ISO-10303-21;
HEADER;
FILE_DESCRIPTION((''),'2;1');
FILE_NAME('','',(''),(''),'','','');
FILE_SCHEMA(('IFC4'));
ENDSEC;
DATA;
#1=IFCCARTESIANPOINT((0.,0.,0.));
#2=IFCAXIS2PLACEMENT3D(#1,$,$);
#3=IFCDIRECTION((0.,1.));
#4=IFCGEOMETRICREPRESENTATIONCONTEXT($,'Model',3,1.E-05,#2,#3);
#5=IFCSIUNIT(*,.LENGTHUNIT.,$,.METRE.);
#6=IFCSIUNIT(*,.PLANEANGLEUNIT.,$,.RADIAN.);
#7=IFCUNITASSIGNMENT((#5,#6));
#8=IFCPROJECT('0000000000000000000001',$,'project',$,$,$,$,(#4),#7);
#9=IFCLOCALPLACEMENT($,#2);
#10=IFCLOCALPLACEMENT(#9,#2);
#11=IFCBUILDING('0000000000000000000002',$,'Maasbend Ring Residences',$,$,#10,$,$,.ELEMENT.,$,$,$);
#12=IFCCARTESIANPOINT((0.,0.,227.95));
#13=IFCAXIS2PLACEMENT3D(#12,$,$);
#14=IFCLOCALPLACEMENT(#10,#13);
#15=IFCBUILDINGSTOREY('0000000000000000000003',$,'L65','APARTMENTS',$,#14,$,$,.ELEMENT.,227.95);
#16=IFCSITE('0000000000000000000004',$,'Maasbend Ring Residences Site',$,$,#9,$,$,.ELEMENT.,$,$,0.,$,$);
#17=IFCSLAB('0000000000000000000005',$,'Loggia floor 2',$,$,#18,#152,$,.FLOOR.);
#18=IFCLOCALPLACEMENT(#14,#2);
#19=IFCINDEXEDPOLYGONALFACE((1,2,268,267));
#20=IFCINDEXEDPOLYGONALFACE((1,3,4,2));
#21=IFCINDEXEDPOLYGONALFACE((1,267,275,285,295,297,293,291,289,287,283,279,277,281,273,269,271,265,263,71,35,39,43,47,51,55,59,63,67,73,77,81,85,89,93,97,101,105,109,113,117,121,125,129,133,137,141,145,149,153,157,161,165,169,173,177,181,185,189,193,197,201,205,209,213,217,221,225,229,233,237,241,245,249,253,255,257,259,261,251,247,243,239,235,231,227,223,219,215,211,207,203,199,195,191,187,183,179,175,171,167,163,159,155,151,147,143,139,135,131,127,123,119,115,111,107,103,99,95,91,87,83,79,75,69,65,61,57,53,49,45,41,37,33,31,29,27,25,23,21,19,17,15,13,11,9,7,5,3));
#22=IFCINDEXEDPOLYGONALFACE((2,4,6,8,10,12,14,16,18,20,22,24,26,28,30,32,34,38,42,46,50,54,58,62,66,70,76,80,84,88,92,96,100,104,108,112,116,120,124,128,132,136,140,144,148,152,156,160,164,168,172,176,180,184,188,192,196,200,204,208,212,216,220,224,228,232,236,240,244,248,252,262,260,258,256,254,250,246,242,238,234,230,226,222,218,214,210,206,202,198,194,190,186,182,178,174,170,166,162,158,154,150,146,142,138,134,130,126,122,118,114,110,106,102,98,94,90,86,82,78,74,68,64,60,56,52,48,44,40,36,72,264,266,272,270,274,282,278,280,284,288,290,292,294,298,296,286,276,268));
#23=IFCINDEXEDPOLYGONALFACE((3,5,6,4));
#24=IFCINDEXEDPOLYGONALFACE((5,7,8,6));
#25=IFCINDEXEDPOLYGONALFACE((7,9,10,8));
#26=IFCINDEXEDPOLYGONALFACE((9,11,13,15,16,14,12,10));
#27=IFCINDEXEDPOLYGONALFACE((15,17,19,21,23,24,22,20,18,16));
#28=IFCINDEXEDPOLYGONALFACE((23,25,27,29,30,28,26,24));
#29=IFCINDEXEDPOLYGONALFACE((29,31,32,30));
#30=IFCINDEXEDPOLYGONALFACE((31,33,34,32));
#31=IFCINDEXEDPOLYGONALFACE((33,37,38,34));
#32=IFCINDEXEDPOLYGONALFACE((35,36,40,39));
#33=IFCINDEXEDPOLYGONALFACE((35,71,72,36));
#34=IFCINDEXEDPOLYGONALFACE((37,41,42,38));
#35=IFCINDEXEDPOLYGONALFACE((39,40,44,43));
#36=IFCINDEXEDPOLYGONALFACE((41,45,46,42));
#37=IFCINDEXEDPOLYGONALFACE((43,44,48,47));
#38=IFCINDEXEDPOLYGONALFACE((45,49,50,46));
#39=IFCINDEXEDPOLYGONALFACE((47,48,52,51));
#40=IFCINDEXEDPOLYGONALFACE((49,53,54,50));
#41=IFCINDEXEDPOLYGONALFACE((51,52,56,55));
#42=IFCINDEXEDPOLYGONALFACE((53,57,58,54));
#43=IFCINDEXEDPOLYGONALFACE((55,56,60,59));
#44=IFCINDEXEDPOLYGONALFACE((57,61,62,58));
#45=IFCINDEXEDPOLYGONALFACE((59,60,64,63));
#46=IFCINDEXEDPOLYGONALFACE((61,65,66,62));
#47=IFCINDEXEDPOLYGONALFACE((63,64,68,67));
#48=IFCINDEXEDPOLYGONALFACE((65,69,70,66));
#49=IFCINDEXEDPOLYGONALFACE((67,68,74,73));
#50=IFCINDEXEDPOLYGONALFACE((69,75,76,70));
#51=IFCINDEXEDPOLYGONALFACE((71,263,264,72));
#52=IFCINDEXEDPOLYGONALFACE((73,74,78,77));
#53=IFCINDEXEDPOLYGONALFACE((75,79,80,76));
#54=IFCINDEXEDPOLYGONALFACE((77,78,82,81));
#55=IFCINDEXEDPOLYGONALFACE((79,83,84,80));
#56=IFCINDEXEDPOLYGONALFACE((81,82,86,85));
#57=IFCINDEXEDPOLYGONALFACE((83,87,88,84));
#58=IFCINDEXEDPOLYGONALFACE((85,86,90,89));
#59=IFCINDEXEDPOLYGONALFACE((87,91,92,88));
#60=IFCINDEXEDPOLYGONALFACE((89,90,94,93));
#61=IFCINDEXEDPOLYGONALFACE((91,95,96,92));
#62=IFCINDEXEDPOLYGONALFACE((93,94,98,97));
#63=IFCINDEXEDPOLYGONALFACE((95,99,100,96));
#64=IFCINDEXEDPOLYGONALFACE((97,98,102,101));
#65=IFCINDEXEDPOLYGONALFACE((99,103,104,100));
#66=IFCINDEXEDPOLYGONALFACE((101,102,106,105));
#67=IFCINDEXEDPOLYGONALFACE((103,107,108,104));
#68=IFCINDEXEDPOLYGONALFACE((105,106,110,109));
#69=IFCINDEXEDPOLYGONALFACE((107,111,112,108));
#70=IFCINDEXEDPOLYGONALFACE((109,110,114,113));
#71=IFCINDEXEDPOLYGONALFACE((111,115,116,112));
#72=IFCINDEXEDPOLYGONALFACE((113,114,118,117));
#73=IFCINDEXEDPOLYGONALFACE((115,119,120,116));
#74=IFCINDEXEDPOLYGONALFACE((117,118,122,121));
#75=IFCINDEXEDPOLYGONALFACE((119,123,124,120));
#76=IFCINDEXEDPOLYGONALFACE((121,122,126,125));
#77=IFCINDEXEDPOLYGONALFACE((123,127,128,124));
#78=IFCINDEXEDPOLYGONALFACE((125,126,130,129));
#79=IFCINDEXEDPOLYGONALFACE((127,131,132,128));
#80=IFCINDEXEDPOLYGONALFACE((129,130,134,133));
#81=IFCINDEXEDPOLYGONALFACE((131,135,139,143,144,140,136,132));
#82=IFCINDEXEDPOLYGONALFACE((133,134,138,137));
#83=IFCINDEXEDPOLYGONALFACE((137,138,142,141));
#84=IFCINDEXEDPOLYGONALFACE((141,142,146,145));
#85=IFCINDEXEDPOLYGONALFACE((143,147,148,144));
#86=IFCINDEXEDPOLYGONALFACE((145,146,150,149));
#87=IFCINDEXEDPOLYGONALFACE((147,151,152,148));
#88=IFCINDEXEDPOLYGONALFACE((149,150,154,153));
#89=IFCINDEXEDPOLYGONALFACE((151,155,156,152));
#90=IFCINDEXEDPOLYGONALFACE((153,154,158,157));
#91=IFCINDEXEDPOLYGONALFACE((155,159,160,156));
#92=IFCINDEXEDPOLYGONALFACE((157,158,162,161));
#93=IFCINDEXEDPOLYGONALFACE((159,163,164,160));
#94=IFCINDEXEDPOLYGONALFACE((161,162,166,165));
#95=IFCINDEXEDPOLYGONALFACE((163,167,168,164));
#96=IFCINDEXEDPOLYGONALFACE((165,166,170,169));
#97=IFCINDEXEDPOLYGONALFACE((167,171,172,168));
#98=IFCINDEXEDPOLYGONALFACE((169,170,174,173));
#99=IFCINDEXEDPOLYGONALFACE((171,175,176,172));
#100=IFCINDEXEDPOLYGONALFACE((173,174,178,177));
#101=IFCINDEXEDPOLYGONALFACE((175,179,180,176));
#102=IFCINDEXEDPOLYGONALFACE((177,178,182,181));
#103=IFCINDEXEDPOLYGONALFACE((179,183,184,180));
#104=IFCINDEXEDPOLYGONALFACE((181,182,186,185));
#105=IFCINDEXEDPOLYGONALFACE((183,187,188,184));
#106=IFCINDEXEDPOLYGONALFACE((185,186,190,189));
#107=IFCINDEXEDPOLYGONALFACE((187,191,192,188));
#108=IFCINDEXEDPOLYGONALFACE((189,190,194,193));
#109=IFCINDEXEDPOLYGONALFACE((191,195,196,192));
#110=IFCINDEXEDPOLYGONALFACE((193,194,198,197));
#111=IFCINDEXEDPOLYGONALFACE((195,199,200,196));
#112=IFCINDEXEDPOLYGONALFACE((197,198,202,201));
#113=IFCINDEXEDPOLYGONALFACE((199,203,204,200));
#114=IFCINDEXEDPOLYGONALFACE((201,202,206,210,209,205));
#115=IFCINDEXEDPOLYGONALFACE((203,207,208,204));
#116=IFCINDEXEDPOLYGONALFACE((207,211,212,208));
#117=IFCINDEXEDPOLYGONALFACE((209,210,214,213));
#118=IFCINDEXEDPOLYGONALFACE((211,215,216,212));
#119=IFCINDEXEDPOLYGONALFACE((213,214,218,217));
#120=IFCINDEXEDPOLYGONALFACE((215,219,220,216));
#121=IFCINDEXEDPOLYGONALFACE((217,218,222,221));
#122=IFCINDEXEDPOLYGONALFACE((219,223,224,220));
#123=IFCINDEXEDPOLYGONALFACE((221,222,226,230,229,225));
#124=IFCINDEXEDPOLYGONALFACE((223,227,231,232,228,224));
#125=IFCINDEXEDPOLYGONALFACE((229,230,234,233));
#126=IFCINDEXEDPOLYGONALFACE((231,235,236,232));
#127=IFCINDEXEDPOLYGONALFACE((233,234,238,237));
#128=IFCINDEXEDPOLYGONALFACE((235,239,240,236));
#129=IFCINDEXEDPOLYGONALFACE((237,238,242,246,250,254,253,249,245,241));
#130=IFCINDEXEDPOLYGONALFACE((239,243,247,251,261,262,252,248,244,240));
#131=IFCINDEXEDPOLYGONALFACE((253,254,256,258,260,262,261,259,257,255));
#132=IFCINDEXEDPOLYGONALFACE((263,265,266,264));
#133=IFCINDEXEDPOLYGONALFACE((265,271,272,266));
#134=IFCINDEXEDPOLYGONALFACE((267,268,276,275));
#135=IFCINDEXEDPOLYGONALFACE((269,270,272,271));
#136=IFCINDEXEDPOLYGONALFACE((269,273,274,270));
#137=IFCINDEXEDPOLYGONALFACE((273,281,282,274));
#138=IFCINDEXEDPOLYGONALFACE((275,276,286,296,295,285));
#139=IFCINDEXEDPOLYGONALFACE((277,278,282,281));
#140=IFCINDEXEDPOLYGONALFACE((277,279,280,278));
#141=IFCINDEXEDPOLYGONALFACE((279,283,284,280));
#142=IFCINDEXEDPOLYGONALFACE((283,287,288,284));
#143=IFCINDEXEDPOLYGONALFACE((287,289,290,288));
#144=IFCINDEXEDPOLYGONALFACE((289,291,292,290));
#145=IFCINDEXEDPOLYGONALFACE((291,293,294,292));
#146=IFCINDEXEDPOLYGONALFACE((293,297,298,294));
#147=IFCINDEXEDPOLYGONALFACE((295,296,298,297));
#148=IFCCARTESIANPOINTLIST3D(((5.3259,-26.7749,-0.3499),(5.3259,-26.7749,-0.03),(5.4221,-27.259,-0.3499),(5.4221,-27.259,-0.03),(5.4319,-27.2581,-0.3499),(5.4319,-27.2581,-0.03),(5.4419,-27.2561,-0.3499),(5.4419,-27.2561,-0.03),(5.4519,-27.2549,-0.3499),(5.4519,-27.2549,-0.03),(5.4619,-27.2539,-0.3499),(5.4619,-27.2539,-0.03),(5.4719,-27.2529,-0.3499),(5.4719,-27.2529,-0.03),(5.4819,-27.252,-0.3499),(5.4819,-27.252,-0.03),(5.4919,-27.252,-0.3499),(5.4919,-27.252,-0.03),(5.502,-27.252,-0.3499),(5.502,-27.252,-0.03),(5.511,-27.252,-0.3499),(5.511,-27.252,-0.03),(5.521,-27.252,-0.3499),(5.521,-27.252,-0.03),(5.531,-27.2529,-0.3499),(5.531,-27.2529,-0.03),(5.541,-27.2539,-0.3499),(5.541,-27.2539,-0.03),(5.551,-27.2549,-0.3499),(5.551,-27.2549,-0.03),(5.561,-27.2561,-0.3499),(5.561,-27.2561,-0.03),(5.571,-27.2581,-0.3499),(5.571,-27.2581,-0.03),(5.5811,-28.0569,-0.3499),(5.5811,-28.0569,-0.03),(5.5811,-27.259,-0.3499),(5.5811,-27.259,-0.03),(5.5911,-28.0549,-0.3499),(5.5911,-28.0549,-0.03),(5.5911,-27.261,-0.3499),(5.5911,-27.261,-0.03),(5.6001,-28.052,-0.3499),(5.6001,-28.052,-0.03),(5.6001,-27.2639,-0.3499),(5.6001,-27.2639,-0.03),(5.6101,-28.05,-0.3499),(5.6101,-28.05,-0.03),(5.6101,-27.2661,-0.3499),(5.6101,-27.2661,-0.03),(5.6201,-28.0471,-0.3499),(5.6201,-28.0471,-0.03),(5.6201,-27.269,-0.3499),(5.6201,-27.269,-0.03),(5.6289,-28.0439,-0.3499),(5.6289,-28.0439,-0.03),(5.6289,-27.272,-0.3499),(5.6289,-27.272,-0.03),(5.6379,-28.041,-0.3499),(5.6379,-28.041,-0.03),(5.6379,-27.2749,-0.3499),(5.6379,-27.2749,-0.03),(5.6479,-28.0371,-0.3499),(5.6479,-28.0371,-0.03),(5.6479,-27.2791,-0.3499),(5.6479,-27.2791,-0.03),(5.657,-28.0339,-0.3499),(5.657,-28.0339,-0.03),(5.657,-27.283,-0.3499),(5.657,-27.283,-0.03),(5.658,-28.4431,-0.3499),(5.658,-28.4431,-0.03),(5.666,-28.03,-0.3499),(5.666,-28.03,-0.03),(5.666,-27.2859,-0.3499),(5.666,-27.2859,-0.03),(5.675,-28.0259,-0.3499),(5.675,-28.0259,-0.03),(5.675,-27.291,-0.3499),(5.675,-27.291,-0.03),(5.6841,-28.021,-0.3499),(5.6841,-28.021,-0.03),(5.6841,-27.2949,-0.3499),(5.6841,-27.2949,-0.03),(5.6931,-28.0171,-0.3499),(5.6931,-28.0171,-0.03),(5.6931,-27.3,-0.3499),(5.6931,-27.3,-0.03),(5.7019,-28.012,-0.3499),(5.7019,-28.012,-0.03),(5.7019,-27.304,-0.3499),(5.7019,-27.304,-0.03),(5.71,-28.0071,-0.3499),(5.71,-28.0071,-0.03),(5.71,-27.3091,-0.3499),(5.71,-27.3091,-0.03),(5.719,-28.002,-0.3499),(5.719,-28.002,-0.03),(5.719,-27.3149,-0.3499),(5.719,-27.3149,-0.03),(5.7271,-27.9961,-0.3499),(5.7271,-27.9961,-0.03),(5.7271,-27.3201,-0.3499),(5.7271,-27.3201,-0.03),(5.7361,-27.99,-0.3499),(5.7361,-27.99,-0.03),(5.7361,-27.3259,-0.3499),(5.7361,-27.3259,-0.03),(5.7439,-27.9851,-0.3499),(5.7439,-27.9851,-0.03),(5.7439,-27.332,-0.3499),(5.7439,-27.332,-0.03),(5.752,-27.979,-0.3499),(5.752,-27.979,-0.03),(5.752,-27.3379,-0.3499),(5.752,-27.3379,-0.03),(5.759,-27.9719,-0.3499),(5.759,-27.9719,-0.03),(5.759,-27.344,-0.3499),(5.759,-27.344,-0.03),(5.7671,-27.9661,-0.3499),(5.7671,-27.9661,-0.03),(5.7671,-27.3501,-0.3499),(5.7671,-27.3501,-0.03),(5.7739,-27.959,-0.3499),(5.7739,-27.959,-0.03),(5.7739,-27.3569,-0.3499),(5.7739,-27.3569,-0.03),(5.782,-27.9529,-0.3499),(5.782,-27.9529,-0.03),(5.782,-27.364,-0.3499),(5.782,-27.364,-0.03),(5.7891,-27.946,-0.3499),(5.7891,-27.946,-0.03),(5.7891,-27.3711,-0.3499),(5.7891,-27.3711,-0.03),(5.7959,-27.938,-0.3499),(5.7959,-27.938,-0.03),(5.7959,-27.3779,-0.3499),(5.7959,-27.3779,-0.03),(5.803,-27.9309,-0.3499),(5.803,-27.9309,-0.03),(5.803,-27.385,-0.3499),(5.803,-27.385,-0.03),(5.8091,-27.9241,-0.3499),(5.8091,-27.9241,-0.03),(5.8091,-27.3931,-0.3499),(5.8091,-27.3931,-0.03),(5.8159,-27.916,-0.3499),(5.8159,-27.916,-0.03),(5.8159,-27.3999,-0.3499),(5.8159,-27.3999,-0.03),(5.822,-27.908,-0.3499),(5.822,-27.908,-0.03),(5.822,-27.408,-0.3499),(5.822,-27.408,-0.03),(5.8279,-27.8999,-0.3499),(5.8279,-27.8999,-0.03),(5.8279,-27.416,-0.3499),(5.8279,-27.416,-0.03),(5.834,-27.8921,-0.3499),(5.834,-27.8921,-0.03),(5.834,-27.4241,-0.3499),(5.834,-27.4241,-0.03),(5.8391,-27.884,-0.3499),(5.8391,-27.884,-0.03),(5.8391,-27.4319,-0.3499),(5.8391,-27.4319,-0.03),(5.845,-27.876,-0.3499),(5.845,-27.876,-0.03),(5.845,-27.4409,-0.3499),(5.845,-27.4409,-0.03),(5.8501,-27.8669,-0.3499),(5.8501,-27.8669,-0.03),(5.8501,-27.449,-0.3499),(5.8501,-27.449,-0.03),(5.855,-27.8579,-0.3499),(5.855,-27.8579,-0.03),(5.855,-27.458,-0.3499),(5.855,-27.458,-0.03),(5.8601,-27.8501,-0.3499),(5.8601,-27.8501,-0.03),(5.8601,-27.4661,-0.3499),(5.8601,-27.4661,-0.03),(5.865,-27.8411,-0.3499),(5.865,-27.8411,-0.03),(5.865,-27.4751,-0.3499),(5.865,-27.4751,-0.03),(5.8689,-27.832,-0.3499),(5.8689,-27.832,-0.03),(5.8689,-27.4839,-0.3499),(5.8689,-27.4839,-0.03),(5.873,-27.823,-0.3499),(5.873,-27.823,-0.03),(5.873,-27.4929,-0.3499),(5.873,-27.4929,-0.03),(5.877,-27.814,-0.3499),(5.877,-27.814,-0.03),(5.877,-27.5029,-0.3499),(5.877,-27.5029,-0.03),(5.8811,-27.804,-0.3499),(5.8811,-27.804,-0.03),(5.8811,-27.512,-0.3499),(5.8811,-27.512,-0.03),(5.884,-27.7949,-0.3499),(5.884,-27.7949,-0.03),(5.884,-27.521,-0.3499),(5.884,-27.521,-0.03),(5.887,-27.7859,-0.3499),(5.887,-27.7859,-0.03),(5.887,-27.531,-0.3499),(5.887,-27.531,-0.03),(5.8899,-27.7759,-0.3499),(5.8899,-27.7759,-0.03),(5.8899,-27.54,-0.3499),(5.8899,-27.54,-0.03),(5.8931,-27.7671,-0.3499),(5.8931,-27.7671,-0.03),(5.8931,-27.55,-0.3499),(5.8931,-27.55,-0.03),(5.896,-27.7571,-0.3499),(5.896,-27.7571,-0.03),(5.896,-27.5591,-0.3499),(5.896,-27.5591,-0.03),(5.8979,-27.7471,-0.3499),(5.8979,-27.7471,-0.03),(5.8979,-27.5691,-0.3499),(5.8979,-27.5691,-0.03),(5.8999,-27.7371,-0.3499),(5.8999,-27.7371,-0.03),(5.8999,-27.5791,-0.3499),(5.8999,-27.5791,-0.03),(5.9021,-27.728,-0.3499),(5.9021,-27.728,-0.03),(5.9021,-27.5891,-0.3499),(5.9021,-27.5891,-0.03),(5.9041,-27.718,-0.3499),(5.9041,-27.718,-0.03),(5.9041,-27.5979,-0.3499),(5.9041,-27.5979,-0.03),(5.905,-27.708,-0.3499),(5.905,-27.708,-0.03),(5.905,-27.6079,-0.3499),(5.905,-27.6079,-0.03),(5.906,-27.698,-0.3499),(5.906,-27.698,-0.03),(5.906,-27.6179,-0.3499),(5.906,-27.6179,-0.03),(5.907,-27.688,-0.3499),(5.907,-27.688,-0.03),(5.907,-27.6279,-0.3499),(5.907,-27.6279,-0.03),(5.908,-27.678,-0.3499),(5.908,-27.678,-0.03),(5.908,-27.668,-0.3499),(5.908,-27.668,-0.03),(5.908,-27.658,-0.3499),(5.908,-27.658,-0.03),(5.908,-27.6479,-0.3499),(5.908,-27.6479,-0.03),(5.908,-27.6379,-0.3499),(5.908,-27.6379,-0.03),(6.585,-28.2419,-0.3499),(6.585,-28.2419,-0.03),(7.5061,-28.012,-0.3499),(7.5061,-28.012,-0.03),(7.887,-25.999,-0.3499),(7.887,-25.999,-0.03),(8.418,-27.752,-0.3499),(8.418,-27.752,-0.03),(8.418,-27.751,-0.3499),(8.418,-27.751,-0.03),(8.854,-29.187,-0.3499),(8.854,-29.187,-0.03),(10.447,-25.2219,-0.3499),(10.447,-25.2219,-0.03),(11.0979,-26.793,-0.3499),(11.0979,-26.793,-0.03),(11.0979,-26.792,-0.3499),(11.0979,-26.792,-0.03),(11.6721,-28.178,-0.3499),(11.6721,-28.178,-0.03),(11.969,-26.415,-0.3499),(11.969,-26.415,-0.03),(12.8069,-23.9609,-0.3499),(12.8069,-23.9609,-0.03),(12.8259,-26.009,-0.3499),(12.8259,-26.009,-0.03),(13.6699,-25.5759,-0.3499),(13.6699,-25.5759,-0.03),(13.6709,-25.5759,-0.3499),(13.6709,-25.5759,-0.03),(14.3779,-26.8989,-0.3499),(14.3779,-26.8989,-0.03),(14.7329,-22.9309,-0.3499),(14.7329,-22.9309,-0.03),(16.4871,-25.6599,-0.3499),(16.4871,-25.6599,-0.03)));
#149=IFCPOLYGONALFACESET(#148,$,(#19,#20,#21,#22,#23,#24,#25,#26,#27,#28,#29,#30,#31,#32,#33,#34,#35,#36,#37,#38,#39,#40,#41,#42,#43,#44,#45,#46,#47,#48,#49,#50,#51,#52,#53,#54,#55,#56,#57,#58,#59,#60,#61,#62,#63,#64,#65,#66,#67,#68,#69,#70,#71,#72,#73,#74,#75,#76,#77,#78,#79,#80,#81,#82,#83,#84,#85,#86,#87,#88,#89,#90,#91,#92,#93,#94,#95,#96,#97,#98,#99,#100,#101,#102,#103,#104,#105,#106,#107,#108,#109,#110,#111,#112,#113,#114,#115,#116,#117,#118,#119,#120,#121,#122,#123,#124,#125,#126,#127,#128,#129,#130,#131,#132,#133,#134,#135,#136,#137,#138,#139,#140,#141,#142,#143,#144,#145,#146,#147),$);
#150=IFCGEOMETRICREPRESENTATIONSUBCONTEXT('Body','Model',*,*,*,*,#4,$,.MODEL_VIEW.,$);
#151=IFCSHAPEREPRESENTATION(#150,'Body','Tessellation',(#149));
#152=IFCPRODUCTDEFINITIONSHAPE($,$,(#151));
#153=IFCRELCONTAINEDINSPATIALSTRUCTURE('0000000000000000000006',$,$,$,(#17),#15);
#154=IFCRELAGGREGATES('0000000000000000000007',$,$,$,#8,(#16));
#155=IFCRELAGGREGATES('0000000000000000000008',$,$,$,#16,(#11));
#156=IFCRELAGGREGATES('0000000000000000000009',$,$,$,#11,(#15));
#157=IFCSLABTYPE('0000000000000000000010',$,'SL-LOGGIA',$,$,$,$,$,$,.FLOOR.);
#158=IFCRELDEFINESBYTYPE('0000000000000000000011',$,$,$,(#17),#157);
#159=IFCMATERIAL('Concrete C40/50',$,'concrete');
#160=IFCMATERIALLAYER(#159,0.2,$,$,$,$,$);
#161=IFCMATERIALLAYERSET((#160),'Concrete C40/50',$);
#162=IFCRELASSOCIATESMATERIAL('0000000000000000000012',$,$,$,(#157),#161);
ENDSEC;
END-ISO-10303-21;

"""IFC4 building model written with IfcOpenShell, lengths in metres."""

from ifc_helpers import new_model, si_unit, direction, frame, origin, place, context, subcontext, project, spatial, polyline, outline, extrude, material, layer, layer_set, type_object, element, save


model = new_model("IFC4")

# Units and contexts
model_context = context("Model", 3, precision=1e-05, world=origin(), true_north=direction((0.0, 1.0)))
body_context = subcontext(model_context, "Body", "Model", "MODEL_VIEW")
ifc_project = project(units=[si_unit("LENGTHUNIT", "METRE"), si_unit("PLANEANGLEUNIT", "RADIAN")], contexts=[model_context])

# Site, building, storey
site_placement = place(None, origin())
site = spatial("IfcSite", under=ifc_project, at=site_placement, Name="Maasbend Ring Residences Site", CompositionType="ELEMENT", RefElevation=0.0)
building_placement = place(site_placement, origin())
building = spatial("IfcBuilding", under=site, at=building_placement, Name="Maasbend Ring Residences", CompositionType="ELEMENT")
storey_placement = place(building_placement, frame((0.0, 0.0, 227.95)))
storey = spatial("IfcBuildingStorey", under=building, at=storey_placement, Name="L65", Description="APARTMENTS", CompositionType="ELEMENT", Elevation=227.95)

# Slab
ifc_material_1 = material(Name="Concrete C40/50", Category="concrete")
ifc_layer_1 = layer(ifc_material_1, 0.2)
ifc_layer_set_1 = layer_set([ifc_layer_1], Name="Concrete C40/50")
slab_type = type_object("IfcSlabType", Name="SL-LOGGIA", PredefinedType="FLOOR", material=ifc_layer_set_1)
slab_1_placement = place(storey_placement, frame((0.0, 0.0, -0.3499)))
element("IfcSlab", 1, at=slab_1_placement, inside=storey, type_object=slab_type, Name="Loggia floor 2", PredefinedType="FLOOR", context=body_context, shape_type="SweptSolid", body=[
    extrude(outline(polyline([(10.447, -25.2219), (12.8069, -23.9609), (14.7329, -22.9309), (14.7329, -22.9309), (14.7329, -22.9309), (16.4871, -25.6599), (16.4871, -25.6599), (16.4871, -25.6599), (14.3779, -26.8989), (14.3779, -26.8989), (14.3779, -26.8989), (13.6709, -25.5759), (13.6709, -25.5759), (13.6709, -25.5759), (13.6709, -25.5759), (13.6709, -25.5759), (13.6709, -25.5759), (13.6709, -25.5759), (13.6699, -25.5759), (13.6699, -25.5759), (13.6699, -25.5759), (13.6699, -25.5759), (13.6699, -25.5759), (13.6699, -25.5759), (13.6699, -25.5759), (13.6699, -25.5759), (13.6699, -25.5759), (13.6699, -25.5759), (12.8259, -26.009), (12.8259, -26.009), (11.969, -26.415), (11.969, -26.415), (11.0979, -26.792), (11.0979, -26.792), (11.0979, -26.792), (11.0979, -26.792), (11.0979, -26.792), (11.0979, -26.792), (11.0979, -26.792), (11.0979, -26.793), (11.0979, -26.793), (11.0979, -26.793), (11.0979, -26.793), (11.0979, -26.793), (11.0979, -26.793), (11.0979, -26.793), (11.0979, -26.793), (11.0979, -26.793), (11.0979, -26.793), (11.6721, -28.178), (11.6721, -28.178), (11.6721, -28.178), (8.854, -29.187), (8.854, -29.187), (8.854, -29.187), (8.418, -27.752), (8.418, -27.752), (8.418, -27.752), (8.418, -27.752), (8.418, -27.752), (8.418, -27.752), (8.418, -27.752), (8.418, -27.751), (8.418, -27.751), (8.418, -27.751), (8.418, -27.751), (8.418, -27.751), (8.418, -27.751), (8.418, -27.751), (8.418, -27.751), (8.418, -27.751), (8.418, -27.751), (7.5061, -28.012), (7.5061, -28.012), (6.585, -28.2419), (6.585, -28.2419), (5.658, -28.4431), (5.658, -28.4431), (5.658, -28.4431), (5.5811, -28.0569), (5.5911, -28.0549), (5.6001, -28.052), (5.6101, -28.05), (5.6201, -28.0471), (5.6289, -28.0439), (5.6379, -28.041), (5.6479, -28.0371), (5.657, -28.0339), (5.666, -28.03), (5.675, -28.0259), (5.6841, -28.021), (5.6931, -28.0171), (5.7019, -28.012), (5.71, -28.0071), (5.719, -28.002), (5.7271, -27.9961), (5.7361, -27.99), (5.7439, -27.9851), (5.752, -27.979), (5.759, -27.9719), (5.7671, -27.9661), (5.7739, -27.959), (5.782, -27.9529), (5.7891, -27.946), (5.7959, -27.938), (5.803, -27.9309), (5.8091, -27.9241), (5.8159, -27.916), (5.822, -27.908), (5.8279, -27.8999), (5.834, -27.8921), (5.8391, -27.884), (5.845, -27.876), (5.8501, -27.8669), (5.855, -27.8579), (5.8601, -27.8501), (5.865, -27.8411), (5.8689, -27.832), (5.873, -27.823), (5.877, -27.814), (5.8811, -27.804), (5.884, -27.7949), (5.887, -27.7859), (5.8899, -27.7759), (5.8931, -27.7671), (5.896, -27.7571), (5.8979, -27.7471), (5.8999, -27.7371), (5.9021, -27.728), (5.9041, -27.718), (5.905, -27.708), (5.906, -27.698), (5.907, -27.688), (5.908, -27.678), (5.908, -27.668), (5.908, -27.658), (5.908, -27.6479), (5.908, -27.6379), (5.907, -27.6279), (5.906, -27.6179), (5.905, -27.6079), (5.9041, -27.5979), (5.9021, -27.5891), (5.8999, -27.5791), (5.8979, -27.5691), (5.896, -27.5591), (5.8931, -27.55), (5.8899, -27.54), (5.887, -27.531), (5.884, -27.521), (5.8811, -27.512), (5.877, -27.5029), (5.873, -27.4929), (5.8689, -27.4839), (5.865, -27.4751), (5.8601, -27.4661), (5.855, -27.458), (5.8501, -27.449), (5.845, -27.4409), (5.8391, -27.4319), (5.834, -27.4241), (5.8279, -27.416), (5.822, -27.408), (5.8159, -27.3999), (5.8091, -27.3931), (5.803, -27.385), (5.7959, -27.3779), (5.7891, -27.3711), (5.782, -27.364), (5.7739, -27.3569), (5.7671, -27.3501), (5.759, -27.344), (5.752, -27.3379), (5.7439, -27.332), (5.7361, -27.3259), (5.7271, -27.3201), (5.719, -27.3149), (5.71, -27.3091), (5.7019, -27.304), (5.6931, -27.3), (5.6841, -27.2949), (5.675, -27.291), (5.666, -27.2859), (5.657, -27.283), (5.6479, -27.2791), (5.6379, -27.2749), (5.6289, -27.272), (5.6201, -27.269), (5.6101, -27.2661), (5.6001, -27.2639), (5.5911, -27.261), (5.5811, -27.259), (5.571, -27.2581), (5.561, -27.2561), (5.551, -27.2549), (5.541, -27.2539), (5.531, -27.2529), (5.521, -27.252), (5.511, -27.252), (5.502, -27.252), (5.4919, -27.252), (5.4819, -27.252), (5.4719, -27.2529), (5.4619, -27.2539), (5.4519, -27.2549), (5.4419, -27.2561), (5.4319, -27.2581), (5.4221, -27.259), (5.3259, -26.7749), (5.3259, -26.7749), (5.3259, -26.7749), (7.887, -25.999), (10.447, -25.2219), (10.447, -25.2219), (10.447, -25.2219)])), origin(), (0.0, 0.0, 1.0), 0.3198),
])

save(model, "model.ifc")
